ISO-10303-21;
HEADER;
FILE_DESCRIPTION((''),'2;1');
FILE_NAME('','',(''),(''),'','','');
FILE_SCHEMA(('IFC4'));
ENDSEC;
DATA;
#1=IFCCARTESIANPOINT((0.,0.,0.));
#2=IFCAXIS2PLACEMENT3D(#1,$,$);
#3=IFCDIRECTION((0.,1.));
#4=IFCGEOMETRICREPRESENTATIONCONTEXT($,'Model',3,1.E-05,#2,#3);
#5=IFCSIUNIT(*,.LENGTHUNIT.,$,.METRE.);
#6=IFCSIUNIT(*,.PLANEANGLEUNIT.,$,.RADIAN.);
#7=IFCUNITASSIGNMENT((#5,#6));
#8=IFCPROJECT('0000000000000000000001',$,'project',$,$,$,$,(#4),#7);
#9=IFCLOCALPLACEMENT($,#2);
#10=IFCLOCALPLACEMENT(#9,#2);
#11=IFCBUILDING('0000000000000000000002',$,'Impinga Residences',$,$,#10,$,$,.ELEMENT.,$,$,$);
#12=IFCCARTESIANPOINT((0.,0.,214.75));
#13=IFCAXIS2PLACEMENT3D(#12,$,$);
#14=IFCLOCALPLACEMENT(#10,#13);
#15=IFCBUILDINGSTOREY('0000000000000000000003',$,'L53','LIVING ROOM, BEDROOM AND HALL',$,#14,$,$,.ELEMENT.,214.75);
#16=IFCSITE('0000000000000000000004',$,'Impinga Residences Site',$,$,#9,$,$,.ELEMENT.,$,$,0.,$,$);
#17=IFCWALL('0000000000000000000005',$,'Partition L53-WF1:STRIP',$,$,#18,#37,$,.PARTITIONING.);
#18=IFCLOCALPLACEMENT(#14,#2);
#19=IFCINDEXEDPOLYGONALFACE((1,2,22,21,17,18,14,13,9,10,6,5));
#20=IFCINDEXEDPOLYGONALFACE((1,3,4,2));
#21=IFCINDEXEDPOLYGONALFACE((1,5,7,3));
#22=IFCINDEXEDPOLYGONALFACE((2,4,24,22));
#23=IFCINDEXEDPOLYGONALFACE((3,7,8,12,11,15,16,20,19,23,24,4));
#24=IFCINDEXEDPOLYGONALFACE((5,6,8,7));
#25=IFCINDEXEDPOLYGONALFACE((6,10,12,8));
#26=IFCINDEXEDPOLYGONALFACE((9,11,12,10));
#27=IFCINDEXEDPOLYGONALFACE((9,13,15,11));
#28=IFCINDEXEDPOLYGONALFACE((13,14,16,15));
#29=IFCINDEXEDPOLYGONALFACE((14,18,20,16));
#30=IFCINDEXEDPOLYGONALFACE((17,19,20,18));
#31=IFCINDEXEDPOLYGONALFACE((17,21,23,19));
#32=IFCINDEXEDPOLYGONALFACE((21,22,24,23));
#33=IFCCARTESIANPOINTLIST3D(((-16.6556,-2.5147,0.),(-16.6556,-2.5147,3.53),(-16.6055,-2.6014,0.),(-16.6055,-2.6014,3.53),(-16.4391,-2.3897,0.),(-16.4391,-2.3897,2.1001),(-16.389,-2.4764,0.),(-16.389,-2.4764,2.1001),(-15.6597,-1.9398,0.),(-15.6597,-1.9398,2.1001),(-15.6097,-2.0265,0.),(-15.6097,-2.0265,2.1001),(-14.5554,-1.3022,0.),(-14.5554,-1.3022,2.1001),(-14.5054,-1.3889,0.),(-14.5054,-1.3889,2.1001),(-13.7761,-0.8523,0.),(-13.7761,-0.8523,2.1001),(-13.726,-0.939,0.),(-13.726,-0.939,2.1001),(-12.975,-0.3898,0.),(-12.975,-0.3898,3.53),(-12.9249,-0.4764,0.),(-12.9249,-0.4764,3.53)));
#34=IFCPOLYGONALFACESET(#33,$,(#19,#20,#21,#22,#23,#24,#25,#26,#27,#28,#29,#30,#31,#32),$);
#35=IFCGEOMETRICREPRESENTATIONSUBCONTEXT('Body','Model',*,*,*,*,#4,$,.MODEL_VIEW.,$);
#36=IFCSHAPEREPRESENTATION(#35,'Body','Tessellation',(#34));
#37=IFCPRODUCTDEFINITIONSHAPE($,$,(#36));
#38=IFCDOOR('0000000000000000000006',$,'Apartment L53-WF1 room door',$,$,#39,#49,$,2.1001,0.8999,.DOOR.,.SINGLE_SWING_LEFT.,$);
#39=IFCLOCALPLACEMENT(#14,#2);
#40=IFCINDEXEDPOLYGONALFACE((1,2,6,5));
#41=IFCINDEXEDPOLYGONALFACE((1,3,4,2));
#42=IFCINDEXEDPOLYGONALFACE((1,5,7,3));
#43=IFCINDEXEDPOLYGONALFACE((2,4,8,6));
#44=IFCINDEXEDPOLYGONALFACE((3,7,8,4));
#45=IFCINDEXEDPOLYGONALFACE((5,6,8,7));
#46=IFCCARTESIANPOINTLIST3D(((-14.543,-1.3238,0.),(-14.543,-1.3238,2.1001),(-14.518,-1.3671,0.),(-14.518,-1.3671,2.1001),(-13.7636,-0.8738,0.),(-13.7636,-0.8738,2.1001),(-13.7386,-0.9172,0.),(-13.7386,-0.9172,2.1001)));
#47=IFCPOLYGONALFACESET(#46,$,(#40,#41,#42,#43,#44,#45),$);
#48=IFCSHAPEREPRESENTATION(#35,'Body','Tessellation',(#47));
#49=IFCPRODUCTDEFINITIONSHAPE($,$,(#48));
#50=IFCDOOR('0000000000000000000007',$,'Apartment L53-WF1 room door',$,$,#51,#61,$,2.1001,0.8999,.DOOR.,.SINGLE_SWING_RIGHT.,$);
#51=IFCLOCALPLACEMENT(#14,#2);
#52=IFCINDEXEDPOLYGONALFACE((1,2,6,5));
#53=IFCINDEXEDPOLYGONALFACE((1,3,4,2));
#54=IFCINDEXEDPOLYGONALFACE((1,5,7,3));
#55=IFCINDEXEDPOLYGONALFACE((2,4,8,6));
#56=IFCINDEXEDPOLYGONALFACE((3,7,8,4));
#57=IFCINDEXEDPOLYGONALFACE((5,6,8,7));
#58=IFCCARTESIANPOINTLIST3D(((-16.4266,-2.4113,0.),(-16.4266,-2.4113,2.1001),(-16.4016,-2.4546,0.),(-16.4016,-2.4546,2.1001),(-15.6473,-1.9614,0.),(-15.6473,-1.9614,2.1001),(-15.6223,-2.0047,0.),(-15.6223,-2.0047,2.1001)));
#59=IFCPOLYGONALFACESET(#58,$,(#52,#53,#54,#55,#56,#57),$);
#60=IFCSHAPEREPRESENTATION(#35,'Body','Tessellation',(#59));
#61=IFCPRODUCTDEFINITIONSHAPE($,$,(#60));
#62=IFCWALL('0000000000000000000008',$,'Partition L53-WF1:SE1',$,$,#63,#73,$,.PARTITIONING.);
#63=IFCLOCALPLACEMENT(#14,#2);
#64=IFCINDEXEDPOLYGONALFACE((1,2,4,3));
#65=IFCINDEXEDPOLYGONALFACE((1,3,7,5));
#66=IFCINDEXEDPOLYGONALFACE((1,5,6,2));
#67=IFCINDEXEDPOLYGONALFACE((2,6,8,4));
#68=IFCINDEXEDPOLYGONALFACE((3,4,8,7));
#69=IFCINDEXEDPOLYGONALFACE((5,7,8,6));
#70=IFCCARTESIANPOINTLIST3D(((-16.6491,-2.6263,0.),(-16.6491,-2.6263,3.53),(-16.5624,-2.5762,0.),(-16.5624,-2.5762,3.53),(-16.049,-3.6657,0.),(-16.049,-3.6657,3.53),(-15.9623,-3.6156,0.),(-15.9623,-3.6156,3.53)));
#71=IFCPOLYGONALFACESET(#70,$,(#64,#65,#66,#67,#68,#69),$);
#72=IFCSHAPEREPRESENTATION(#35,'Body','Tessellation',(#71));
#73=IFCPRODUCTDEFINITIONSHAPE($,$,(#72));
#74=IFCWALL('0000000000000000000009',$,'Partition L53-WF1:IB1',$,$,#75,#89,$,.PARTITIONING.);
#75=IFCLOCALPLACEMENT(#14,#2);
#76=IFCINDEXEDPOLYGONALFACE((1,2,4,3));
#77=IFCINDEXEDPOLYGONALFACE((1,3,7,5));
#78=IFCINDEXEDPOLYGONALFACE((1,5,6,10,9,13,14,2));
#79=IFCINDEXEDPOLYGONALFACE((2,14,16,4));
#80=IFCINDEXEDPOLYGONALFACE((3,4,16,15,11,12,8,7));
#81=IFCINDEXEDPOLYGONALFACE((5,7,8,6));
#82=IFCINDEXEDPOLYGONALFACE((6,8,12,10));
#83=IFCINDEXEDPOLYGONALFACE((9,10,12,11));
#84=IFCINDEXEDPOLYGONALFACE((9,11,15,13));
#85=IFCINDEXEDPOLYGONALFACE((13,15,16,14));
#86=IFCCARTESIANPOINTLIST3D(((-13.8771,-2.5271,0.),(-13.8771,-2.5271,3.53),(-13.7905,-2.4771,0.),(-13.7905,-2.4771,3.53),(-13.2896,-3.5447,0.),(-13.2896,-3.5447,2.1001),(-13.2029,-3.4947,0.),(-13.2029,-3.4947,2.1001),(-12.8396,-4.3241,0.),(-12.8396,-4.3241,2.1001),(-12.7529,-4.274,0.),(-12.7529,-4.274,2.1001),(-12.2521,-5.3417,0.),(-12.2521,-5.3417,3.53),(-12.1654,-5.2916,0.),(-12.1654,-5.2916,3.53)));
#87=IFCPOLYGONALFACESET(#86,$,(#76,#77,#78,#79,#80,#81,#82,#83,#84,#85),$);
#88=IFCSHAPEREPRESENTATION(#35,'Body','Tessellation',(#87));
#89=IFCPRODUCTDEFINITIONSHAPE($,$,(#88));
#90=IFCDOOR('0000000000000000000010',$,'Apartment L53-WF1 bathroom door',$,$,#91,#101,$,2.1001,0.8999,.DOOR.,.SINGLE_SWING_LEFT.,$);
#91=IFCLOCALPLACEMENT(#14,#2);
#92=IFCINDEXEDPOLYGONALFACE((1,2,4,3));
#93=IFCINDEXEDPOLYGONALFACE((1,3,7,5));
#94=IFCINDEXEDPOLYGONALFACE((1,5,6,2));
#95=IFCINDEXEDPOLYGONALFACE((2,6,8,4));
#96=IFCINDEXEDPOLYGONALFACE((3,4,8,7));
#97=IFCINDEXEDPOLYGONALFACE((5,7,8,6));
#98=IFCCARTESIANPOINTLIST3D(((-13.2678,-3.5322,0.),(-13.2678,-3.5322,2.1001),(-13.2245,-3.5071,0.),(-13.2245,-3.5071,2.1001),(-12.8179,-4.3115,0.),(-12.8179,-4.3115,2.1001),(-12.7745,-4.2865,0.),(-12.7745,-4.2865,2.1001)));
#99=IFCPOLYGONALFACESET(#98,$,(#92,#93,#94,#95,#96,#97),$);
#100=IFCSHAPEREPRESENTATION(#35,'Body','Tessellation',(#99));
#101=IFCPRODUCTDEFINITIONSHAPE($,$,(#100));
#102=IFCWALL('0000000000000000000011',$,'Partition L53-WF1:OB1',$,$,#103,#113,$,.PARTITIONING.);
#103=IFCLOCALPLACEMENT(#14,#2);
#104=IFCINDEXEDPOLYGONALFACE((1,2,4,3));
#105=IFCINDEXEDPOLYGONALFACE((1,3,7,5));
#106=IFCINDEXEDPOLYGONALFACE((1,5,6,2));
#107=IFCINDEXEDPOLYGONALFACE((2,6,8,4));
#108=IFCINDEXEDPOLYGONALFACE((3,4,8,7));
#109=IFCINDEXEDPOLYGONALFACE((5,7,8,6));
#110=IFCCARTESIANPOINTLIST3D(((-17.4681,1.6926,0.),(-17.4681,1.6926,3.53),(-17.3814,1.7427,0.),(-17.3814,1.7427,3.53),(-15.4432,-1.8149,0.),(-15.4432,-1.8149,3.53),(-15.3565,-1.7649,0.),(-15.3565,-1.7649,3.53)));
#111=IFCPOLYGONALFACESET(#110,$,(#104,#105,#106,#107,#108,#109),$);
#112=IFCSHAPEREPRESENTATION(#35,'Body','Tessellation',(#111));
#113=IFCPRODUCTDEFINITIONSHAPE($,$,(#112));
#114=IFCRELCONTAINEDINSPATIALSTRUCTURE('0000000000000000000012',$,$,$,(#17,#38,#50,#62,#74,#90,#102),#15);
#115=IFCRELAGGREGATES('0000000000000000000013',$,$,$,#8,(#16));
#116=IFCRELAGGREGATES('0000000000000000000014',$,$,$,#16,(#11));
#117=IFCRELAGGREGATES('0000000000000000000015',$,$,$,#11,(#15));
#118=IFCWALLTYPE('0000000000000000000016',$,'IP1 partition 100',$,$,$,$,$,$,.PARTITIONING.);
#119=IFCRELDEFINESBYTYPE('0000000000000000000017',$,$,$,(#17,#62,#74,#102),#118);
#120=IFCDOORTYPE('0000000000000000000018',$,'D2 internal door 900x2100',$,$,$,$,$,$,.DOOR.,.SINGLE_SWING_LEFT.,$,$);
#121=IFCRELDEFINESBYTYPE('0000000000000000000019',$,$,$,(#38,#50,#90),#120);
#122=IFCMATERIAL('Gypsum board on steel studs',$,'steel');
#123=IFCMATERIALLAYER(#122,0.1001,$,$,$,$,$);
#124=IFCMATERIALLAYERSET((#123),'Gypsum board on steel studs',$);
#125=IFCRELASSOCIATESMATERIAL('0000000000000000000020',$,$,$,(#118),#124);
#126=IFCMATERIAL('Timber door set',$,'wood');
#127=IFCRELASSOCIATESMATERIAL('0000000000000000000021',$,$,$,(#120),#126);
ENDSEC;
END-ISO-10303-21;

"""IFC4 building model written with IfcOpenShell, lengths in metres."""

from ifc_helpers import new_model, si_unit, direction, frame, frame_2d, origin, place, context, subcontext, project, spatial, rectangle, extrude, material, layer, layer_set, type_object, element, fill, save


model = new_model("IFC4")

# Units and contexts
model_context = context("Model", 3, precision=1e-05, world=origin(), true_north=direction((0.0, 1.0)))
body_context = subcontext(model_context, "Body", "Model", "MODEL_VIEW")
ifc_project = project(units=[si_unit("LENGTHUNIT", "METRE"), si_unit("PLANEANGLEUNIT", "RADIAN")], contexts=[model_context])

# Site, building, storey
site_placement = place(None, origin())
site = spatial("IfcSite", under=ifc_project, at=site_placement, Name="Impinga Residences Site", CompositionType="ELEMENT", RefElevation=0.0)
building_placement = place(site_placement, origin())
building = spatial("IfcBuilding", under=site, at=building_placement, Name="Impinga Residences", CompositionType="ELEMENT")
storey_placement = place(building_placement, frame((0.0, 0.0, 214.75)))
storey = spatial("IfcBuildingStorey", under=building, at=storey_placement, Name="L53", Description="LIVING ROOM, BEDROOM AND HALL", CompositionType="ELEMENT", Elevation=214.75)

# Shared definitions
ifc_material_1 = material(Name="Timber door set", Category="wood")

# Shared definitions
ifc_material_2 = material(Name="Gypsum board on steel studs", Category="steel")
ifc_layer_1 = layer(ifc_material_2, 0.1001)
ifc_layer_set_1 = layer_set([ifc_layer_1], Name="Gypsum board on steel studs")
wall_type_1 = type_object("IfcWallType", Name="IP1 partition 100", PredefinedType="PARTITIONING", material=ifc_layer_set_1)

# Wall, openings, doors
wall_1_placement = place(storey_placement, frame((-12.95, -0.4331, 0.0), z_axis=(0.0, 0.0, 1.0), x_axis=(-0.866029, -0.499994, 0.0)))
wall_1 = element("IfcWall", 1, at=wall_1_placement, inside=storey, type_object=wall_type_1, Name="Partition L53-WF1:STRIP", PredefinedType="PARTITIONING", context=body_context, shape_type="SweptSolid", body=[
    extrude(rectangle(XDim=4.25, YDim=0.1001, at=frame_2d((2.125, 0.0))), origin(), (0.0, 0.0, 1.0), 3.53),
])
opening_1_placement = place(wall_1_placement, frame((0.925, 0.0, 0.0)))
opening_1 = element("IfcOpeningElement", 2, at=opening_1_placement, cuts=wall_1, PredefinedType="OPENING", context=body_context, shape_type="SweptSolid", body=[
    extrude(rectangle(XDim=0.8999, YDim=2.1001, at=frame_2d((0.45, 1.05))), frame((0.0, 0.0601, 0.0), z_axis=(0.0, -1.0, 0.0), x_axis=(1.0, 0.0, 0.0)), (0.0, 0.0, 1.0), 0.1201),
])
opening_2_placement = place(wall_1_placement, frame((3.1001, 0.0, 0.0)))
opening_2 = element("IfcOpeningElement", 3, at=opening_2_placement, cuts=wall_1, PredefinedType="OPENING", context=body_context, shape_type="SweptSolid", body=[
    extrude(rectangle(XDim=0.8999, YDim=2.1001, at=frame_2d((0.45, 1.05))), frame((0.0, 0.0601, 0.0), z_axis=(0.0, -1.0, 0.0), x_axis=(1.0, 0.0, 0.0)), (0.0, 0.0, 1.0), 0.1201),
])
door_type_1 = type_object("IfcDoorType", Name="D2 internal door 900x2100", OperationType="SINGLE_SWING_LEFT", PredefinedType="DOOR", material=ifc_material_1)
door_1_placement = place(opening_1_placement, origin())
door_1 = element("IfcDoor", 4, at=door_1_placement, inside=storey, type_object=door_type_1, Name="Apartment L53-WF1 room door", OperationType="SINGLE_SWING_LEFT", OverallHeight=2.1001, OverallWidth=0.8999, PredefinedType="DOOR", context=body_context, shape_type="SweptSolid", body=[
    extrude(rectangle(XDim=0.8999, YDim=2.1001, at=frame_2d((0.45, 1.05))), frame((0.0, 0.0249, 0.0), z_axis=(0.0, -1.0, 0.0), x_axis=(1.0, 0.0, 0.0)), (0.0, 0.0, 1.0), 0.05),
])
fill(opening_1, door_1)
door_2_placement = place(opening_2_placement, origin())
door_2 = element("IfcDoor", 5, at=door_2_placement, inside=storey, type_object=door_type_1, Name="Apartment L53-WF1 room door", OperationType="SINGLE_SWING_RIGHT", OverallHeight=2.1001, OverallWidth=0.8999, PredefinedType="DOOR", context=body_context, shape_type="SweptSolid", body=[
    extrude(rectangle(XDim=0.8999, YDim=2.1001, at=frame_2d((0.45, 1.05))), frame((0.0, 0.0249, 0.0), z_axis=(0.0, -1.0, 0.0), x_axis=(1.0, 0.0, 0.0)), (0.0, 0.0, 1.0), 0.05),
])
fill(opening_2, door_2)

# Wall
wall_2_placement = place(storey_placement, frame((-16.0056, -3.6406, 0.0), z_axis=(0.0, 0.0, 1.0), x_axis=(-0.500034, 0.866006, 0.0)))
element("IfcWall", 6, at=wall_2_placement, inside=storey, type_object=wall_type_1, Name="Partition L53-WF1:SE1", PredefinedType="PARTITIONING", context=body_context, shape_type="SweptSolid", body=[
    extrude(rectangle(XDim=1.2002, YDim=0.1001, at=frame_2d((0.6001, 0.0))), origin(), (0.0, 0.0, 1.0), 3.53),
])

# Wall, opening, door
wall_3_placement = place(storey_placement, frame((-12.2087, -5.3167, 0.0), z_axis=(0.0, 0.0, 1.0), x_axis=(-0.500017, 0.866015, 0.0)))
wall_3 = element("IfcWall", 7, at=wall_3_placement, inside=storey, type_object=wall_type_1, Name="Partition L53-WF1:IB1", PredefinedType="PARTITIONING", context=body_context, shape_type="SweptSolid", body=[
    extrude(rectangle(XDim=3.25, YDim=0.1001, at=frame_2d((1.625, 0.0))), origin(), (0.0, 0.0, 1.0), 3.53),
])
opening_3_placement = place(wall_3_placement, frame((1.175, 0.0, 0.0)))
opening_3 = element("IfcOpeningElement", 8, at=opening_3_placement, cuts=wall_3, PredefinedType="OPENING", context=body_context, shape_type="SweptSolid", body=[
    extrude(rectangle(XDim=0.8999, YDim=2.1001, at=frame_2d((0.45, 1.05))), frame((0.0, 0.0601, 0.0), z_axis=(0.0, -1.0, 0.0), x_axis=(1.0, 0.0, 0.0)), (0.0, 0.0, 1.0), 0.1201),
])
door_3_placement = place(opening_3_placement, origin())
door_3 = element("IfcDoor", 9, at=door_3_placement, inside=storey, type_object=door_type_1, Name="Apartment L53-WF1 bathroom door", OperationType="SINGLE_SWING_LEFT", OverallHeight=2.1001, OverallWidth=0.8999, PredefinedType="DOOR", context=body_context, shape_type="SweptSolid", body=[
    extrude(rectangle(XDim=0.8999, YDim=2.1001, at=frame_2d((0.45, 1.05))), frame((0.0, 0.0249, 0.0), z_axis=(0.0, -1.0, 0.0), x_axis=(1.0, 0.0, 0.0)), (0.0, 0.0, 1.0), 0.05),
])
fill(opening_3, door_3)

# Wall
wall_4_placement = place(storey_placement, frame((-15.3999, -1.7898, 0.0), z_axis=(0.0, 0.0, 1.0), x_axis=(-0.499964, 0.866046, 0.0)))
element("IfcWall", 10, at=wall_4_placement, inside=storey, type_object=wall_type_1, Name="Partition L53-WF1:OB1", PredefinedType="PARTITIONING", context=body_context, shape_type="SweptSolid", body=[
    extrude(rectangle(XDim=4.05, YDim=0.1001, at=frame_2d((2.0249, 0.0))), origin(), (0.0, 0.0, 1.0), 3.53),
])

save(model, "model.ifc")
